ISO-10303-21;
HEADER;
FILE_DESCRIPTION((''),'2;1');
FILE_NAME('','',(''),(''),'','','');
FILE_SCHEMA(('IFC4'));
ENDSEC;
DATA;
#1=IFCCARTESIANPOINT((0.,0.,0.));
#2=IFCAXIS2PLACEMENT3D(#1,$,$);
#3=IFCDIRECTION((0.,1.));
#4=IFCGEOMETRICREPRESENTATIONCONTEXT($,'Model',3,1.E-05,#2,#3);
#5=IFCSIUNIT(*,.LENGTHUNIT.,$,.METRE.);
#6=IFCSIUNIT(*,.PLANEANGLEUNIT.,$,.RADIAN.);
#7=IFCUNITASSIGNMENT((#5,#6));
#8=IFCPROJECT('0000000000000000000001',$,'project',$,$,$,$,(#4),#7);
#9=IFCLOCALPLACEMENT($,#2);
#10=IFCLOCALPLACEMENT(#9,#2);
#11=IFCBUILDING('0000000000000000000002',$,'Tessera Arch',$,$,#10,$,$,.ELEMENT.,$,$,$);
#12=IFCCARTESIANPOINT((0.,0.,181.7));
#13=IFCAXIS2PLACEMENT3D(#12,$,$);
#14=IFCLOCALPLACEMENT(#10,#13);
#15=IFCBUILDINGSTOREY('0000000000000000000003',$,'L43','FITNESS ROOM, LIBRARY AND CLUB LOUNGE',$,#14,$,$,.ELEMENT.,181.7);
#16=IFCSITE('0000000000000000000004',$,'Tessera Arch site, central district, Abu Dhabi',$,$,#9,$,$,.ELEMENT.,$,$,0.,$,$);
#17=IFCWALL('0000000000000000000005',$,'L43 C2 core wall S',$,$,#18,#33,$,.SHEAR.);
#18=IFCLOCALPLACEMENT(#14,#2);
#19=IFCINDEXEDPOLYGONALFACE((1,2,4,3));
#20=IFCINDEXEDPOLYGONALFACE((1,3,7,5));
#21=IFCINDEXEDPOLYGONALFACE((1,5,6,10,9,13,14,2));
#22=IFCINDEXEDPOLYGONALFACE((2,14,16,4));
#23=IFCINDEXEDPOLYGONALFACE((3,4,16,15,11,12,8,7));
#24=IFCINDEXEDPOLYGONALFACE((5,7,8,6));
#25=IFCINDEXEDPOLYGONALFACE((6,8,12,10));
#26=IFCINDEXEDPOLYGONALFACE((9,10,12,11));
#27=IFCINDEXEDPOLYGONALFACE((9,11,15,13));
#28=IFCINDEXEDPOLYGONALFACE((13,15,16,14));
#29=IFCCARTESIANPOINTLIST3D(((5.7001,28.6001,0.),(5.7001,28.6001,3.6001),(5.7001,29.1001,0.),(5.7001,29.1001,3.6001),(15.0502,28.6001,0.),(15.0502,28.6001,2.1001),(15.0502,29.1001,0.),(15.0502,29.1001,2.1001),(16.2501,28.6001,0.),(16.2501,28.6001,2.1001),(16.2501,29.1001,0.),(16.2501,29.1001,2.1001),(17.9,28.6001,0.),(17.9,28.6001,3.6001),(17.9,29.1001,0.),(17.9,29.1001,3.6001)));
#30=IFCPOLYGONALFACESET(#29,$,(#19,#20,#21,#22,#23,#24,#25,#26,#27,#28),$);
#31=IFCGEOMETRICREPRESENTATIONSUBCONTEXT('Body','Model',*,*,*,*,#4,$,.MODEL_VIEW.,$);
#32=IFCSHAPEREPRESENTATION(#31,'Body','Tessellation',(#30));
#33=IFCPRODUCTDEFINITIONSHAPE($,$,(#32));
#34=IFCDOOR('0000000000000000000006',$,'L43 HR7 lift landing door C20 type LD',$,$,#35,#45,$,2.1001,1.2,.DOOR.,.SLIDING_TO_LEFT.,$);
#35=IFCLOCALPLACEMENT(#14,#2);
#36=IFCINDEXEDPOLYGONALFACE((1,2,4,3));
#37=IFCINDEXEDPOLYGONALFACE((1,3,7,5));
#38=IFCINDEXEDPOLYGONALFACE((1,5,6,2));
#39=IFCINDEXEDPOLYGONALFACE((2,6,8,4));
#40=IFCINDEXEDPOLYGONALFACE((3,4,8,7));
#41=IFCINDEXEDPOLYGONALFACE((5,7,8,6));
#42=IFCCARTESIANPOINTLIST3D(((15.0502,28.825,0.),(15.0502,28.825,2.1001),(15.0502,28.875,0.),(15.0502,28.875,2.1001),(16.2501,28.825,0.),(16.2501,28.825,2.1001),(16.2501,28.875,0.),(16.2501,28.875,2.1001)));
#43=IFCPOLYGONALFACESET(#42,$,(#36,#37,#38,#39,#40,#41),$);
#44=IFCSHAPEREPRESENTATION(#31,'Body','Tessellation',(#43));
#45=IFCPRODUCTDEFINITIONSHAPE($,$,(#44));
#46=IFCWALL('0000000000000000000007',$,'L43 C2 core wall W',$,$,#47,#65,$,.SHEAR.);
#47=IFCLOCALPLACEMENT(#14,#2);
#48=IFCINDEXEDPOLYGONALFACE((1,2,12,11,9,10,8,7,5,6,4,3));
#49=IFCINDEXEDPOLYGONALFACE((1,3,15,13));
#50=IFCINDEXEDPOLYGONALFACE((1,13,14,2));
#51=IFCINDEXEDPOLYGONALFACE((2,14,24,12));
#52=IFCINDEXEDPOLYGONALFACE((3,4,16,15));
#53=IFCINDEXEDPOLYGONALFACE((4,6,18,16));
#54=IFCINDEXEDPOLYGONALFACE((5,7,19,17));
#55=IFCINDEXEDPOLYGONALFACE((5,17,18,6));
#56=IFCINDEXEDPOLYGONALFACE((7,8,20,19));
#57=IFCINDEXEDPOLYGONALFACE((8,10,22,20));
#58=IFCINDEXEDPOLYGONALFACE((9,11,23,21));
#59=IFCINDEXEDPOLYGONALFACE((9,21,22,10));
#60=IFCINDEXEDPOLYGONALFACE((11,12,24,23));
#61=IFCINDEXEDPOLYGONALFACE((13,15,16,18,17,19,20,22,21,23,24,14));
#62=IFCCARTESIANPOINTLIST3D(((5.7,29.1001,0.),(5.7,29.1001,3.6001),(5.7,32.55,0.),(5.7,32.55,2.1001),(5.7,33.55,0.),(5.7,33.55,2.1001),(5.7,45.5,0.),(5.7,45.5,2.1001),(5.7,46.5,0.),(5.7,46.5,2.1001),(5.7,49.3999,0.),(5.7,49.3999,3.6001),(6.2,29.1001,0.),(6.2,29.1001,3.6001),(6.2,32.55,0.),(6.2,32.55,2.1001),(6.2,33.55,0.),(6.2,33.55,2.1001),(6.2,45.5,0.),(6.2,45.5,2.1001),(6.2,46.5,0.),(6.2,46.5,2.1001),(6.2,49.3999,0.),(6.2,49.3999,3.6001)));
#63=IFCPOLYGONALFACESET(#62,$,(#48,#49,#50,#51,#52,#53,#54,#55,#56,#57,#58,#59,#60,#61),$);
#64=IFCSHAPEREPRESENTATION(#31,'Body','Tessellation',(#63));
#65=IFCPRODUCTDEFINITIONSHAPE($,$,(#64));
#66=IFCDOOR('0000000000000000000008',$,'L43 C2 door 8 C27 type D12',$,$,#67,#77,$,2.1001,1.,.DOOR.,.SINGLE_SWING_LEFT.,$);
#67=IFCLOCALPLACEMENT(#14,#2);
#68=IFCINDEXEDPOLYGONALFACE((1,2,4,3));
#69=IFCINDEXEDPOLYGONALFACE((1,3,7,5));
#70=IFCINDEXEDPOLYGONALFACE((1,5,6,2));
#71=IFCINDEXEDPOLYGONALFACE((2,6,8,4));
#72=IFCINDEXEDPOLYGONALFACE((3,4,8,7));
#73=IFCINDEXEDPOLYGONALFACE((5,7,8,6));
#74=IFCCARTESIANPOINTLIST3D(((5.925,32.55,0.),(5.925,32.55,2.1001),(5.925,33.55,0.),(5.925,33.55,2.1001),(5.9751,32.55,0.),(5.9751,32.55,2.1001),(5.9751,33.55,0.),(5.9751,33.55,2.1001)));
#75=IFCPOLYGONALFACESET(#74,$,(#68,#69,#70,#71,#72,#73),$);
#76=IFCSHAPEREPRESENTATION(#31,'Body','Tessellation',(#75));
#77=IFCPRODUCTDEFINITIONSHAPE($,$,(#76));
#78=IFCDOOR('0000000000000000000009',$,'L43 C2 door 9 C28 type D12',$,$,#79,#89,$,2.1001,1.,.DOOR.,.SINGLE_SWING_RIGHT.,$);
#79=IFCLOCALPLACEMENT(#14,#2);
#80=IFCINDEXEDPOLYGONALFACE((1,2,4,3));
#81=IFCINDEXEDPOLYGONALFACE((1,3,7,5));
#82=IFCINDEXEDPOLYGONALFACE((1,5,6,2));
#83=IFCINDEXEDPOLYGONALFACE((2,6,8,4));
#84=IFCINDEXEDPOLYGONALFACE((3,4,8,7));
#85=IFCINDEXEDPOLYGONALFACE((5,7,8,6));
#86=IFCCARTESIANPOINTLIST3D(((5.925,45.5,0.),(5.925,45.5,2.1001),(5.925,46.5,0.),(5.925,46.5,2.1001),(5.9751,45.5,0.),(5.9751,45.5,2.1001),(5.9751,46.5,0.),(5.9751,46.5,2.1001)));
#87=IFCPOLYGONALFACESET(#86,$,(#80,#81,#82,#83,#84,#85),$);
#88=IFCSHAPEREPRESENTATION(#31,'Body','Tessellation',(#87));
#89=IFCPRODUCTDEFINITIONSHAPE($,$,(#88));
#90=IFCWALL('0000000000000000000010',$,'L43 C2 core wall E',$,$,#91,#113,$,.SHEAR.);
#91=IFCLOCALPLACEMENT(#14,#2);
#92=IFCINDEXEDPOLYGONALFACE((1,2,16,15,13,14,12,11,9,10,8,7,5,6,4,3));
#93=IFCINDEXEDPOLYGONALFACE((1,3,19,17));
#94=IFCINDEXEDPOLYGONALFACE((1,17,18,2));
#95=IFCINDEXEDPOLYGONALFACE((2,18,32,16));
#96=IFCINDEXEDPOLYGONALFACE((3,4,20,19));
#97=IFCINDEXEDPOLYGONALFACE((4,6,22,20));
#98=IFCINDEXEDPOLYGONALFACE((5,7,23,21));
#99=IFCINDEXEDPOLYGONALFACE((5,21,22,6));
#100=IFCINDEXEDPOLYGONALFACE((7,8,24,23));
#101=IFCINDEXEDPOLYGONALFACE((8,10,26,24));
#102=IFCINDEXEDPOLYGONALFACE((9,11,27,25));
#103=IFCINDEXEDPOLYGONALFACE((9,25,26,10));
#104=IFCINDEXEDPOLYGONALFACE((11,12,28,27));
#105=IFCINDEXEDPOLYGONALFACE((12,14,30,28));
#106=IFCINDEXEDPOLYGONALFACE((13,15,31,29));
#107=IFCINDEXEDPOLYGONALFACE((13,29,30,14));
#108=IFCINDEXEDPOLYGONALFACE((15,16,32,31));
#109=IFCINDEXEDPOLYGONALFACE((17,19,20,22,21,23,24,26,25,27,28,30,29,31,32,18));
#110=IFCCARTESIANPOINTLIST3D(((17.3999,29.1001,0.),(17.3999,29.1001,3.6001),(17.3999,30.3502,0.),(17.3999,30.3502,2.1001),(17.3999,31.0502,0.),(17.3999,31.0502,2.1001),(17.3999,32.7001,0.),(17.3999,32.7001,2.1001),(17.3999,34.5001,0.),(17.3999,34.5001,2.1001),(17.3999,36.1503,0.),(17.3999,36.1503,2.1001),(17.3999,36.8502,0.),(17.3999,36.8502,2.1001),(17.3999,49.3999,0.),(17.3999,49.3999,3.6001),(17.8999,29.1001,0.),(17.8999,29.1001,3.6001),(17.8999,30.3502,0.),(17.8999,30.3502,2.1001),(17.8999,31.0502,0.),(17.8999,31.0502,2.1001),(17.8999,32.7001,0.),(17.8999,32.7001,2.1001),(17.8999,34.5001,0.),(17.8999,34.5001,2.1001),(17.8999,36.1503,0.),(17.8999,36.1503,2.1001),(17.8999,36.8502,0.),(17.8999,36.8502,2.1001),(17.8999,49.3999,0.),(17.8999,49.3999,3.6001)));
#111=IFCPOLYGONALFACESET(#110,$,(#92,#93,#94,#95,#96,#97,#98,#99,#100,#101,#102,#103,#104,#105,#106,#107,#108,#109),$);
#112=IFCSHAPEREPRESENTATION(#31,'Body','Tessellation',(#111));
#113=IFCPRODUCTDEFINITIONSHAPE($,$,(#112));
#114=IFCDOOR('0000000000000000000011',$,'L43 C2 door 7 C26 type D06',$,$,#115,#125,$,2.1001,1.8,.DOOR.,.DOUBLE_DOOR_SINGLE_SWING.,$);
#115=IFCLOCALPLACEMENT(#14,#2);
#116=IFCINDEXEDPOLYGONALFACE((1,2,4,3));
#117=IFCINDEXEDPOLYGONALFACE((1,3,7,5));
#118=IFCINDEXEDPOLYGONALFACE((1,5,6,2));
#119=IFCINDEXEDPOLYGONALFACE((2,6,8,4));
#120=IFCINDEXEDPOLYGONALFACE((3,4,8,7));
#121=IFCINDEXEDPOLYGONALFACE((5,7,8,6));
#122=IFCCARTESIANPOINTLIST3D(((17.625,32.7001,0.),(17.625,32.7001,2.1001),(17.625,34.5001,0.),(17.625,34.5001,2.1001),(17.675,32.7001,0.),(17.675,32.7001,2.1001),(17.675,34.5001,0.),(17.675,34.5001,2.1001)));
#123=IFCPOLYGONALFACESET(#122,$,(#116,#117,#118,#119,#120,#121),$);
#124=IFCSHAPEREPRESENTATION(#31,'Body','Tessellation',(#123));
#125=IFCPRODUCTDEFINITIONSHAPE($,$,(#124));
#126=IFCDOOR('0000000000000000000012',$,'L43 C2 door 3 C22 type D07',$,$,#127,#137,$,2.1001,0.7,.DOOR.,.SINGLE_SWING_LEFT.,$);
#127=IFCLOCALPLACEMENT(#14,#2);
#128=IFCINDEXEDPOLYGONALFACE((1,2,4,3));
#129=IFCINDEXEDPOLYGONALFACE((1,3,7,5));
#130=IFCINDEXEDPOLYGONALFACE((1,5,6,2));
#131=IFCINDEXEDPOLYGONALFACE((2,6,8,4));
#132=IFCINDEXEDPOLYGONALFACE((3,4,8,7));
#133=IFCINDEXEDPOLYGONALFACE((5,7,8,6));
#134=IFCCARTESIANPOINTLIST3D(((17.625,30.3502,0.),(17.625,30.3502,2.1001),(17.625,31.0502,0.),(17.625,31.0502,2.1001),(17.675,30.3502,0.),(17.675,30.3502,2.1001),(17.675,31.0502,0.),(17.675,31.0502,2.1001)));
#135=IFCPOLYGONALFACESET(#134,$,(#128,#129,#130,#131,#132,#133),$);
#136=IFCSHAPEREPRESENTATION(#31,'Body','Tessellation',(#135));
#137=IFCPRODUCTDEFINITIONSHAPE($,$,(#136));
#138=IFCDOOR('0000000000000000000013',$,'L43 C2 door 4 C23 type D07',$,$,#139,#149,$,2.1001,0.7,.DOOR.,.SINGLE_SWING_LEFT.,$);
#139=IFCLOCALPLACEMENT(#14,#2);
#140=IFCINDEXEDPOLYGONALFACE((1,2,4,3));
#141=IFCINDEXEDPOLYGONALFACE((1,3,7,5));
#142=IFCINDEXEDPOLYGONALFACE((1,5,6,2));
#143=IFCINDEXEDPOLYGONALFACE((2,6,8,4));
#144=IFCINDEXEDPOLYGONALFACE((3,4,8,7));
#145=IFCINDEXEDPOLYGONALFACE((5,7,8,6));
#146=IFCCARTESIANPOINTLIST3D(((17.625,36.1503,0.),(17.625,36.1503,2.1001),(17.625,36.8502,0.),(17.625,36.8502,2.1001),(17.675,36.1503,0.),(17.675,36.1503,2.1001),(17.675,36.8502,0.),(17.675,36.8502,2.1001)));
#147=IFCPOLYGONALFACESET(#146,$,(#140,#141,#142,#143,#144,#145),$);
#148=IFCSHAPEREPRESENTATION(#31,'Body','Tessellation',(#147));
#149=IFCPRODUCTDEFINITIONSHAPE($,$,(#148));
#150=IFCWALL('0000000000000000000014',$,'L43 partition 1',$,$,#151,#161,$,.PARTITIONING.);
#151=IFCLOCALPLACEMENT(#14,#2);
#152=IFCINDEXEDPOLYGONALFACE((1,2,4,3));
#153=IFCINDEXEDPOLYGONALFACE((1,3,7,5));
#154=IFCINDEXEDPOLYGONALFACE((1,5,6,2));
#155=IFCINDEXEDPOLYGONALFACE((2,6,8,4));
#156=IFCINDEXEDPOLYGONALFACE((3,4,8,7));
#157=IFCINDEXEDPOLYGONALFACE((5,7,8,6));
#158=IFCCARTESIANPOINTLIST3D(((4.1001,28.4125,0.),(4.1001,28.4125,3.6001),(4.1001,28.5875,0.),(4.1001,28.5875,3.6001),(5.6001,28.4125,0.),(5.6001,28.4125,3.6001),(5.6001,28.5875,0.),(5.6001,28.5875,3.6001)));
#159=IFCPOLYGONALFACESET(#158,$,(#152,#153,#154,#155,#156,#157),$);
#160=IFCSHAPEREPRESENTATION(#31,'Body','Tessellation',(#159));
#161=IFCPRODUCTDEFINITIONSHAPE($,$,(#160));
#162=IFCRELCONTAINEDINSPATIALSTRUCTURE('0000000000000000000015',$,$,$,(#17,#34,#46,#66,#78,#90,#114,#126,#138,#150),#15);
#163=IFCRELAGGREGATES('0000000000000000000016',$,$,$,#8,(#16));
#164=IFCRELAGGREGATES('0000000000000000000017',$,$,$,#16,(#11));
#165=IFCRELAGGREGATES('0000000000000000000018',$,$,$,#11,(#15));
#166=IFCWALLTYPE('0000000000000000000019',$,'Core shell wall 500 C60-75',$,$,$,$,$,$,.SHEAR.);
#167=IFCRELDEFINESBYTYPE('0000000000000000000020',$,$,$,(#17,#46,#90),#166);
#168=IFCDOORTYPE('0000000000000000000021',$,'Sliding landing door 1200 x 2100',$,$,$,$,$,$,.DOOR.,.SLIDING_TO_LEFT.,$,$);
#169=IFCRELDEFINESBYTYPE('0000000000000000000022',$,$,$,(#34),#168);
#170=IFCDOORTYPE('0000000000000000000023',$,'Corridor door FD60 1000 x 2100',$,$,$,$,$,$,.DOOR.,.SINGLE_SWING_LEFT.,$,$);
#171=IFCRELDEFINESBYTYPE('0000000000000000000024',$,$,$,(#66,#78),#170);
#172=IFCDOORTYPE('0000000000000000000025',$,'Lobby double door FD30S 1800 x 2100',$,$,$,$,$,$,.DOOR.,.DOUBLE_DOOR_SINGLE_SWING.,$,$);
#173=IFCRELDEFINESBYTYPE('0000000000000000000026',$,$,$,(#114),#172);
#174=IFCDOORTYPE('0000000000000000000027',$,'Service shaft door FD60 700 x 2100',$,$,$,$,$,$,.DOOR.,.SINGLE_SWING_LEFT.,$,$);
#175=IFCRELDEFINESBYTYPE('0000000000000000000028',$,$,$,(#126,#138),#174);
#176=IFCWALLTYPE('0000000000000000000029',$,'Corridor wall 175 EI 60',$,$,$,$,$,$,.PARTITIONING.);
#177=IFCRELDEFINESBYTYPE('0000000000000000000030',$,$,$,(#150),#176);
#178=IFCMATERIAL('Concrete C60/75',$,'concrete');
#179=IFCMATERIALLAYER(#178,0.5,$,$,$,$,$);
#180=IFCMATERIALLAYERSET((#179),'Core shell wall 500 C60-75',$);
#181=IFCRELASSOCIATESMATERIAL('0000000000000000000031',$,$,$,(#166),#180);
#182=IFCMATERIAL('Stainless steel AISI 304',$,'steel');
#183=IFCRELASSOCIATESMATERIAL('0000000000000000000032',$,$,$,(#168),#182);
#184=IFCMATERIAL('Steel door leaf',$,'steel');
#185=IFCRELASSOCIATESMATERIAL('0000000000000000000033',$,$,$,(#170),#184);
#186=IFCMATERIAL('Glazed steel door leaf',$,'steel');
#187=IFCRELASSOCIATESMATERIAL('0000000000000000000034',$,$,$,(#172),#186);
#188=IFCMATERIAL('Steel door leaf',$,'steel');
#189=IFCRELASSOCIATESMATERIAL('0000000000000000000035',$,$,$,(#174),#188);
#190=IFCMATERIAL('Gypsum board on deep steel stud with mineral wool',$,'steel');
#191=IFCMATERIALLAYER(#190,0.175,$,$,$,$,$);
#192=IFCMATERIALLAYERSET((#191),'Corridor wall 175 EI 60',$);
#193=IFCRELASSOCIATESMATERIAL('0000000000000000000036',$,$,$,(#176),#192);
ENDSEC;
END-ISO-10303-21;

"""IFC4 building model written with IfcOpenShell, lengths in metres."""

from ifc_helpers import new_model, si_unit, direction, frame, frame_2d, origin, place, context, subcontext, project, spatial, rectangle, extrude, material, layer, layer_set, type_object, element, fill, save


model = new_model("IFC4")

# Units and contexts
model_context = context("Model", 3, precision=1e-05, world=origin(), true_north=direction((0.0, 1.0)))
body_context = subcontext(model_context, "Body", "Model", "MODEL_VIEW")
ifc_project = project(units=[si_unit("LENGTHUNIT", "METRE"), si_unit("PLANEANGLEUNIT", "RADIAN")], contexts=[model_context])

# Site, building, storey
site_placement = place(None, origin())
site = spatial("IfcSite", under=ifc_project, at=site_placement, Name="Tessera Arch site, central district, Abu Dhabi", CompositionType="ELEMENT", RefElevation=0.0)
building_placement = place(site_placement, origin())
building = spatial("IfcBuilding", under=site, at=building_placement, Name="Tessera Arch", CompositionType="ELEMENT")
storey_placement = place(building_placement, frame((0.0, 0.0, 181.7)))
storey = spatial("IfcBuildingStorey", under=building, at=storey_placement, Name="L43", Description="FITNESS ROOM, LIBRARY AND CLUB LOUNGE", CompositionType="ELEMENT", Elevation=181.7)

# Wall, opening, door
ifc_material_1 = material(Name="Concrete C60/75", Category="concrete")
ifc_layer_1 = layer(ifc_material_1, 0.5)
ifc_layer_set_1 = layer_set([ifc_layer_1], Name="Core shell wall 500 C60-75")
wall_type_1 = type_object("IfcWallType", Name="Core shell wall 500 C60-75", PredefinedType="SHEAR", material=ifc_layer_set_1)
wall_1_placement = place(storey_placement, frame((5.7, 28.8501, 0.0), z_axis=(0.0, 0.0, 1.0), x_axis=(1.0, 0.0, 0.0)))
wall_1 = element("IfcWall", 1, at=wall_1_placement, inside=storey, type_object=wall_type_1, Name="L43 C2 core wall S", PredefinedType="SHEAR", context=body_context, shape_type="SweptSolid", body=[
    extrude(rectangle(XDim=12.2, YDim=0.5, at=frame_2d((6.1001, 0.0))), origin(), (0.0, 0.0, 1.0), 3.6001),
])
opening_1_placement = place(wall_1_placement, frame((9.3501, 0.0, 0.0)))
opening_1 = element("IfcOpeningElement", 2, at=opening_1_placement, cuts=wall_1, PredefinedType="OPENING", context=body_context, shape_type="SweptSolid", body=[
    extrude(rectangle(XDim=1.2, YDim=2.1001, at=frame_2d((0.6001, 1.05))), frame((0.0, 0.26, 0.0), z_axis=(0.0, -1.0, 0.0), x_axis=(1.0, 0.0, 0.0)), (0.0, 0.0, 1.0), 0.52),
])
ifc_material_2 = material(Name="Stainless steel AISI 304", Category="steel")
door_type_1 = type_object("IfcDoorType", Name="Sliding landing door 1200 x 2100", OperationType="SLIDING_TO_LEFT", PredefinedType="DOOR", material=ifc_material_2)
door_1_placement = place(opening_1_placement, origin())
door_1 = element("IfcDoor", 3, at=door_1_placement, inside=storey, type_object=door_type_1, Name="L43 HR7 lift landing door C20 type LD", OperationType="SLIDING_TO_LEFT", OverallHeight=2.1001, OverallWidth=1.2, PredefinedType="DOOR", context=body_context, shape_type="SweptSolid", body=[
    extrude(rectangle(XDim=1.2, YDim=2.1001, at=frame_2d((0.6001, 1.05))), frame((0.0, 0.0249, 0.0), z_axis=(0.0, -1.0, 0.0), x_axis=(1.0, 0.0, 0.0)), (0.0, 0.0, 1.0), 0.05),
])
fill(opening_1, door_1)

# Walls, openings, doors
wall_2_placement = place(storey_placement, frame((5.95, 29.1001, 0.0), z_axis=(0.0, 0.0, 1.0), x_axis=(0.0, 1.0, 0.0)))
wall_2 = element("IfcWall", 4, at=wall_2_placement, inside=storey, type_object=wall_type_1, Name="L43 C2 core wall W", PredefinedType="SHEAR", context=body_context, shape_type="SweptSolid", body=[
    extrude(rectangle(XDim=20.2998, YDim=0.5, at=frame_2d((10.1499, 0.0))), origin(), (0.0, 0.0, 1.0), 3.6001),
])
opening_2_placement = place(wall_2_placement, frame((3.45, 0.0, 0.0)))
opening_2 = element("IfcOpeningElement", 5, at=opening_2_placement, cuts=wall_2, PredefinedType="OPENING", context=body_context, shape_type="SweptSolid", body=[
    extrude(rectangle(XDim=1.0, YDim=2.1001, at=frame_2d((0.5, 1.05))), frame((0.0, 0.26, 0.0), z_axis=(0.0, -1.0, 0.0), x_axis=(1.0, 0.0, 0.0)), (0.0, 0.0, 1.0), 0.52),
])
opening_3_placement = place(wall_2_placement, frame((16.3999, 0.0, 0.0)))
opening_3 = element("IfcOpeningElement", 6, at=opening_3_placement, cuts=wall_2, PredefinedType="OPENING", context=body_context, shape_type="SweptSolid", body=[
    extrude(rectangle(XDim=1.0, YDim=2.1001, at=frame_2d((0.5, 1.05))), frame((0.0, 0.26, 0.0), z_axis=(0.0, -1.0, 0.0), x_axis=(1.0, 0.0, 0.0)), (0.0, 0.0, 1.0), 0.52),
])
ifc_material_3 = material(Name="Steel door leaf", Category="steel")
door_type_2 = type_object("IfcDoorType", Name="Corridor door FD60 1000 x 2100", OperationType="SINGLE_SWING_LEFT", PredefinedType="DOOR", material=ifc_material_3)
door_2_placement = place(opening_2_placement, origin())
door_2 = element("IfcDoor", 7, at=door_2_placement, inside=storey, type_object=door_type_2, Name="L43 C2 door 8 C27 type D12", OperationType="SINGLE_SWING_LEFT", OverallHeight=2.1001, OverallWidth=1.0, PredefinedType="DOOR", context=body_context, shape_type="SweptSolid", body=[
    extrude(rectangle(XDim=1.0, YDim=2.1001, at=frame_2d((0.5, 1.05))), frame((0.0, 0.0249, 0.0), z_axis=(0.0, -1.0, 0.0), x_axis=(1.0, 0.0, 0.0)), (0.0, 0.0, 1.0), 0.05),
])
fill(opening_2, door_2)
door_3_placement = place(opening_3_placement, origin())
door_3 = element("IfcDoor", 8, at=door_3_placement, inside=storey, type_object=door_type_2, Name="L43 C2 door 9 C28 type D12", OperationType="SINGLE_SWING_RIGHT", OverallHeight=2.1001, OverallWidth=1.0, PredefinedType="DOOR", context=body_context, shape_type="SweptSolid", body=[
    extrude(rectangle(XDim=1.0, YDim=2.1001, at=frame_2d((0.5, 1.05))), frame((0.0, 0.0249, 0.0), z_axis=(0.0, -1.0, 0.0), x_axis=(1.0, 0.0, 0.0)), (0.0, 0.0, 1.0), 0.05),
])
fill(opening_3, door_3)
wall_3_placement = place(storey_placement, frame((17.6499, 29.1001, 0.0), z_axis=(0.0, 0.0, 1.0), x_axis=(0.0, 1.0, 0.0)))
wall_3 = element("IfcWall", 9, at=wall_3_placement, inside=storey, type_object=wall_type_1, Name="L43 C2 core wall E", PredefinedType="SHEAR", context=body_context, shape_type="SweptSolid", body=[
    extrude(rectangle(XDim=20.2998, YDim=0.5, at=frame_2d((10.1499, 0.0))), origin(), (0.0, 0.0, 1.0), 3.6001),
])
opening_4_placement = place(wall_3_placement, frame((1.25, 0.0, 0.0)))
opening_4 = element("IfcOpeningElement", 10, at=opening_4_placement, cuts=wall_3, PredefinedType="OPENING", context=body_context, shape_type="SweptSolid", body=[
    extrude(rectangle(XDim=0.7, YDim=2.1001, at=frame_2d((0.3501, 1.05))), frame((0.0, 0.26, 0.0), z_axis=(0.0, -1.0, 0.0), x_axis=(1.0, 0.0, 0.0)), (0.0, 0.0, 1.0), 0.52),
])
opening_5_placement = place(wall_3_placement, frame((7.05, 0.0, 0.0)))
opening_5 = element("IfcOpeningElement", 11, at=opening_5_placement, cuts=wall_3, PredefinedType="OPENING", context=body_context, shape_type="SweptSolid", body=[
    extrude(rectangle(XDim=0.7, YDim=2.1001, at=frame_2d((0.3501, 1.05))), frame((0.0, 0.26, 0.0), z_axis=(0.0, -1.0, 0.0), x_axis=(1.0, 0.0, 0.0)), (0.0, 0.0, 1.0), 0.52),
])
opening_6_placement = place(wall_3_placement, frame((3.6001, 0.0, 0.0)))
opening_6 = element("IfcOpeningElement", 12, at=opening_6_placement, cuts=wall_3, PredefinedType="OPENING", context=body_context, shape_type="SweptSolid", body=[
    extrude(rectangle(XDim=1.8, YDim=2.1001, at=frame_2d((0.8999, 1.05))), frame((0.0, 0.26, 0.0), z_axis=(0.0, -1.0, 0.0), x_axis=(1.0, 0.0, 0.0)), (0.0, 0.0, 1.0), 0.52),
])
ifc_material_4 = material(Name="Glazed steel door leaf", Category="steel")
door_type_3 = type_object("IfcDoorType", Name="Lobby double door FD30S 1800 x 2100", OperationType="DOUBLE_DOOR_SINGLE_SWING", PredefinedType="DOOR", material=ifc_material_4)
door_4_placement = place(opening_6_placement, origin())
door_4 = element("IfcDoor", 13, at=door_4_placement, inside=storey, type_object=door_type_3, Name="L43 C2 door 7 C26 type D06", OperationType="DOUBLE_DOOR_SINGLE_SWING", OverallHeight=2.1001, OverallWidth=1.8, PredefinedType="DOOR", context=body_context, shape_type="SweptSolid", body=[
    extrude(rectangle(XDim=1.8, YDim=2.1001, at=frame_2d((0.8999, 1.05))), frame((0.0, 0.0249, 0.0), z_axis=(0.0, -1.0, 0.0), x_axis=(1.0, 0.0, 0.0)), (0.0, 0.0, 1.0), 0.05),
])
fill(opening_6, door_4)
ifc_material_5 = material(Name="Steel door leaf", Category="steel")
door_type_4 = type_object("IfcDoorType", Name="Service shaft door FD60 700 x 2100", OperationType="SINGLE_SWING_LEFT", PredefinedType="DOOR", material=ifc_material_5)
door_5_placement = place(opening_4_placement, origin())
door_5 = element("IfcDoor", 14, at=door_5_placement, inside=storey, type_object=door_type_4, Name="L43 C2 door 3 C22 type D07", OperationType="SINGLE_SWING_LEFT", OverallHeight=2.1001, OverallWidth=0.7, PredefinedType="DOOR", context=body_context, shape_type="SweptSolid", body=[
    extrude(rectangle(XDim=0.7, YDim=2.1001, at=frame_2d((0.3501, 1.05))), frame((0.0, 0.0249, 0.0), z_axis=(0.0, -1.0, 0.0), x_axis=(1.0, 0.0, 0.0)), (0.0, 0.0, 1.0), 0.05),
])
fill(opening_4, door_5)
door_6_placement = place(opening_5_placement, origin())
door_6 = element("IfcDoor", 15, at=door_6_placement, inside=storey, type_object=door_type_4, Name="L43 C2 door 4 C23 type D07", OperationType="SINGLE_SWING_LEFT", OverallHeight=2.1001, OverallWidth=0.7, PredefinedType="DOOR", context=body_context, shape_type="SweptSolid", body=[
    extrude(rectangle(XDim=0.7, YDim=2.1001, at=frame_2d((0.3501, 1.05))), frame((0.0, 0.0249, 0.0), z_axis=(0.0, -1.0, 0.0), x_axis=(1.0, 0.0, 0.0)), (0.0, 0.0, 1.0), 0.05),
])
fill(opening_5, door_6)

# Wall
ifc_material_6 = material(Name="Gypsum board on deep steel stud with mineral wool", Category="steel")
ifc_layer_2 = layer(ifc_material_6, 0.175)
ifc_layer_set_2 = layer_set([ifc_layer_2], Name="Corridor wall 175 EI 60")
wall_type_2 = type_object("IfcWallType", Name="Corridor wall 175 EI 60", PredefinedType="PARTITIONING", material=ifc_layer_set_2)
for number, where, z_axis, x_axis, name in (
    (16, (4.1001, 28.5, 0.0), (0.0, 0.0, 1.0), (1.0, 0.0, 0.0), "L43 partition 1"),
):
    element("IfcWall", number, at=place(storey_placement, frame(where, z_axis=z_axis, x_axis=x_axis)), inside=storey, type_object=wall_type_2, Name=name, PredefinedType="PARTITIONING", context=body_context, shape_type="SweptSolid", body=[
        extrude(rectangle(XDim=1.5, YDim=0.175, at=frame_2d((0.75, 0.0))), origin(), (0.0, 0.0, 1.0), 3.6001),
    ])

save(model, "model.ifc")
